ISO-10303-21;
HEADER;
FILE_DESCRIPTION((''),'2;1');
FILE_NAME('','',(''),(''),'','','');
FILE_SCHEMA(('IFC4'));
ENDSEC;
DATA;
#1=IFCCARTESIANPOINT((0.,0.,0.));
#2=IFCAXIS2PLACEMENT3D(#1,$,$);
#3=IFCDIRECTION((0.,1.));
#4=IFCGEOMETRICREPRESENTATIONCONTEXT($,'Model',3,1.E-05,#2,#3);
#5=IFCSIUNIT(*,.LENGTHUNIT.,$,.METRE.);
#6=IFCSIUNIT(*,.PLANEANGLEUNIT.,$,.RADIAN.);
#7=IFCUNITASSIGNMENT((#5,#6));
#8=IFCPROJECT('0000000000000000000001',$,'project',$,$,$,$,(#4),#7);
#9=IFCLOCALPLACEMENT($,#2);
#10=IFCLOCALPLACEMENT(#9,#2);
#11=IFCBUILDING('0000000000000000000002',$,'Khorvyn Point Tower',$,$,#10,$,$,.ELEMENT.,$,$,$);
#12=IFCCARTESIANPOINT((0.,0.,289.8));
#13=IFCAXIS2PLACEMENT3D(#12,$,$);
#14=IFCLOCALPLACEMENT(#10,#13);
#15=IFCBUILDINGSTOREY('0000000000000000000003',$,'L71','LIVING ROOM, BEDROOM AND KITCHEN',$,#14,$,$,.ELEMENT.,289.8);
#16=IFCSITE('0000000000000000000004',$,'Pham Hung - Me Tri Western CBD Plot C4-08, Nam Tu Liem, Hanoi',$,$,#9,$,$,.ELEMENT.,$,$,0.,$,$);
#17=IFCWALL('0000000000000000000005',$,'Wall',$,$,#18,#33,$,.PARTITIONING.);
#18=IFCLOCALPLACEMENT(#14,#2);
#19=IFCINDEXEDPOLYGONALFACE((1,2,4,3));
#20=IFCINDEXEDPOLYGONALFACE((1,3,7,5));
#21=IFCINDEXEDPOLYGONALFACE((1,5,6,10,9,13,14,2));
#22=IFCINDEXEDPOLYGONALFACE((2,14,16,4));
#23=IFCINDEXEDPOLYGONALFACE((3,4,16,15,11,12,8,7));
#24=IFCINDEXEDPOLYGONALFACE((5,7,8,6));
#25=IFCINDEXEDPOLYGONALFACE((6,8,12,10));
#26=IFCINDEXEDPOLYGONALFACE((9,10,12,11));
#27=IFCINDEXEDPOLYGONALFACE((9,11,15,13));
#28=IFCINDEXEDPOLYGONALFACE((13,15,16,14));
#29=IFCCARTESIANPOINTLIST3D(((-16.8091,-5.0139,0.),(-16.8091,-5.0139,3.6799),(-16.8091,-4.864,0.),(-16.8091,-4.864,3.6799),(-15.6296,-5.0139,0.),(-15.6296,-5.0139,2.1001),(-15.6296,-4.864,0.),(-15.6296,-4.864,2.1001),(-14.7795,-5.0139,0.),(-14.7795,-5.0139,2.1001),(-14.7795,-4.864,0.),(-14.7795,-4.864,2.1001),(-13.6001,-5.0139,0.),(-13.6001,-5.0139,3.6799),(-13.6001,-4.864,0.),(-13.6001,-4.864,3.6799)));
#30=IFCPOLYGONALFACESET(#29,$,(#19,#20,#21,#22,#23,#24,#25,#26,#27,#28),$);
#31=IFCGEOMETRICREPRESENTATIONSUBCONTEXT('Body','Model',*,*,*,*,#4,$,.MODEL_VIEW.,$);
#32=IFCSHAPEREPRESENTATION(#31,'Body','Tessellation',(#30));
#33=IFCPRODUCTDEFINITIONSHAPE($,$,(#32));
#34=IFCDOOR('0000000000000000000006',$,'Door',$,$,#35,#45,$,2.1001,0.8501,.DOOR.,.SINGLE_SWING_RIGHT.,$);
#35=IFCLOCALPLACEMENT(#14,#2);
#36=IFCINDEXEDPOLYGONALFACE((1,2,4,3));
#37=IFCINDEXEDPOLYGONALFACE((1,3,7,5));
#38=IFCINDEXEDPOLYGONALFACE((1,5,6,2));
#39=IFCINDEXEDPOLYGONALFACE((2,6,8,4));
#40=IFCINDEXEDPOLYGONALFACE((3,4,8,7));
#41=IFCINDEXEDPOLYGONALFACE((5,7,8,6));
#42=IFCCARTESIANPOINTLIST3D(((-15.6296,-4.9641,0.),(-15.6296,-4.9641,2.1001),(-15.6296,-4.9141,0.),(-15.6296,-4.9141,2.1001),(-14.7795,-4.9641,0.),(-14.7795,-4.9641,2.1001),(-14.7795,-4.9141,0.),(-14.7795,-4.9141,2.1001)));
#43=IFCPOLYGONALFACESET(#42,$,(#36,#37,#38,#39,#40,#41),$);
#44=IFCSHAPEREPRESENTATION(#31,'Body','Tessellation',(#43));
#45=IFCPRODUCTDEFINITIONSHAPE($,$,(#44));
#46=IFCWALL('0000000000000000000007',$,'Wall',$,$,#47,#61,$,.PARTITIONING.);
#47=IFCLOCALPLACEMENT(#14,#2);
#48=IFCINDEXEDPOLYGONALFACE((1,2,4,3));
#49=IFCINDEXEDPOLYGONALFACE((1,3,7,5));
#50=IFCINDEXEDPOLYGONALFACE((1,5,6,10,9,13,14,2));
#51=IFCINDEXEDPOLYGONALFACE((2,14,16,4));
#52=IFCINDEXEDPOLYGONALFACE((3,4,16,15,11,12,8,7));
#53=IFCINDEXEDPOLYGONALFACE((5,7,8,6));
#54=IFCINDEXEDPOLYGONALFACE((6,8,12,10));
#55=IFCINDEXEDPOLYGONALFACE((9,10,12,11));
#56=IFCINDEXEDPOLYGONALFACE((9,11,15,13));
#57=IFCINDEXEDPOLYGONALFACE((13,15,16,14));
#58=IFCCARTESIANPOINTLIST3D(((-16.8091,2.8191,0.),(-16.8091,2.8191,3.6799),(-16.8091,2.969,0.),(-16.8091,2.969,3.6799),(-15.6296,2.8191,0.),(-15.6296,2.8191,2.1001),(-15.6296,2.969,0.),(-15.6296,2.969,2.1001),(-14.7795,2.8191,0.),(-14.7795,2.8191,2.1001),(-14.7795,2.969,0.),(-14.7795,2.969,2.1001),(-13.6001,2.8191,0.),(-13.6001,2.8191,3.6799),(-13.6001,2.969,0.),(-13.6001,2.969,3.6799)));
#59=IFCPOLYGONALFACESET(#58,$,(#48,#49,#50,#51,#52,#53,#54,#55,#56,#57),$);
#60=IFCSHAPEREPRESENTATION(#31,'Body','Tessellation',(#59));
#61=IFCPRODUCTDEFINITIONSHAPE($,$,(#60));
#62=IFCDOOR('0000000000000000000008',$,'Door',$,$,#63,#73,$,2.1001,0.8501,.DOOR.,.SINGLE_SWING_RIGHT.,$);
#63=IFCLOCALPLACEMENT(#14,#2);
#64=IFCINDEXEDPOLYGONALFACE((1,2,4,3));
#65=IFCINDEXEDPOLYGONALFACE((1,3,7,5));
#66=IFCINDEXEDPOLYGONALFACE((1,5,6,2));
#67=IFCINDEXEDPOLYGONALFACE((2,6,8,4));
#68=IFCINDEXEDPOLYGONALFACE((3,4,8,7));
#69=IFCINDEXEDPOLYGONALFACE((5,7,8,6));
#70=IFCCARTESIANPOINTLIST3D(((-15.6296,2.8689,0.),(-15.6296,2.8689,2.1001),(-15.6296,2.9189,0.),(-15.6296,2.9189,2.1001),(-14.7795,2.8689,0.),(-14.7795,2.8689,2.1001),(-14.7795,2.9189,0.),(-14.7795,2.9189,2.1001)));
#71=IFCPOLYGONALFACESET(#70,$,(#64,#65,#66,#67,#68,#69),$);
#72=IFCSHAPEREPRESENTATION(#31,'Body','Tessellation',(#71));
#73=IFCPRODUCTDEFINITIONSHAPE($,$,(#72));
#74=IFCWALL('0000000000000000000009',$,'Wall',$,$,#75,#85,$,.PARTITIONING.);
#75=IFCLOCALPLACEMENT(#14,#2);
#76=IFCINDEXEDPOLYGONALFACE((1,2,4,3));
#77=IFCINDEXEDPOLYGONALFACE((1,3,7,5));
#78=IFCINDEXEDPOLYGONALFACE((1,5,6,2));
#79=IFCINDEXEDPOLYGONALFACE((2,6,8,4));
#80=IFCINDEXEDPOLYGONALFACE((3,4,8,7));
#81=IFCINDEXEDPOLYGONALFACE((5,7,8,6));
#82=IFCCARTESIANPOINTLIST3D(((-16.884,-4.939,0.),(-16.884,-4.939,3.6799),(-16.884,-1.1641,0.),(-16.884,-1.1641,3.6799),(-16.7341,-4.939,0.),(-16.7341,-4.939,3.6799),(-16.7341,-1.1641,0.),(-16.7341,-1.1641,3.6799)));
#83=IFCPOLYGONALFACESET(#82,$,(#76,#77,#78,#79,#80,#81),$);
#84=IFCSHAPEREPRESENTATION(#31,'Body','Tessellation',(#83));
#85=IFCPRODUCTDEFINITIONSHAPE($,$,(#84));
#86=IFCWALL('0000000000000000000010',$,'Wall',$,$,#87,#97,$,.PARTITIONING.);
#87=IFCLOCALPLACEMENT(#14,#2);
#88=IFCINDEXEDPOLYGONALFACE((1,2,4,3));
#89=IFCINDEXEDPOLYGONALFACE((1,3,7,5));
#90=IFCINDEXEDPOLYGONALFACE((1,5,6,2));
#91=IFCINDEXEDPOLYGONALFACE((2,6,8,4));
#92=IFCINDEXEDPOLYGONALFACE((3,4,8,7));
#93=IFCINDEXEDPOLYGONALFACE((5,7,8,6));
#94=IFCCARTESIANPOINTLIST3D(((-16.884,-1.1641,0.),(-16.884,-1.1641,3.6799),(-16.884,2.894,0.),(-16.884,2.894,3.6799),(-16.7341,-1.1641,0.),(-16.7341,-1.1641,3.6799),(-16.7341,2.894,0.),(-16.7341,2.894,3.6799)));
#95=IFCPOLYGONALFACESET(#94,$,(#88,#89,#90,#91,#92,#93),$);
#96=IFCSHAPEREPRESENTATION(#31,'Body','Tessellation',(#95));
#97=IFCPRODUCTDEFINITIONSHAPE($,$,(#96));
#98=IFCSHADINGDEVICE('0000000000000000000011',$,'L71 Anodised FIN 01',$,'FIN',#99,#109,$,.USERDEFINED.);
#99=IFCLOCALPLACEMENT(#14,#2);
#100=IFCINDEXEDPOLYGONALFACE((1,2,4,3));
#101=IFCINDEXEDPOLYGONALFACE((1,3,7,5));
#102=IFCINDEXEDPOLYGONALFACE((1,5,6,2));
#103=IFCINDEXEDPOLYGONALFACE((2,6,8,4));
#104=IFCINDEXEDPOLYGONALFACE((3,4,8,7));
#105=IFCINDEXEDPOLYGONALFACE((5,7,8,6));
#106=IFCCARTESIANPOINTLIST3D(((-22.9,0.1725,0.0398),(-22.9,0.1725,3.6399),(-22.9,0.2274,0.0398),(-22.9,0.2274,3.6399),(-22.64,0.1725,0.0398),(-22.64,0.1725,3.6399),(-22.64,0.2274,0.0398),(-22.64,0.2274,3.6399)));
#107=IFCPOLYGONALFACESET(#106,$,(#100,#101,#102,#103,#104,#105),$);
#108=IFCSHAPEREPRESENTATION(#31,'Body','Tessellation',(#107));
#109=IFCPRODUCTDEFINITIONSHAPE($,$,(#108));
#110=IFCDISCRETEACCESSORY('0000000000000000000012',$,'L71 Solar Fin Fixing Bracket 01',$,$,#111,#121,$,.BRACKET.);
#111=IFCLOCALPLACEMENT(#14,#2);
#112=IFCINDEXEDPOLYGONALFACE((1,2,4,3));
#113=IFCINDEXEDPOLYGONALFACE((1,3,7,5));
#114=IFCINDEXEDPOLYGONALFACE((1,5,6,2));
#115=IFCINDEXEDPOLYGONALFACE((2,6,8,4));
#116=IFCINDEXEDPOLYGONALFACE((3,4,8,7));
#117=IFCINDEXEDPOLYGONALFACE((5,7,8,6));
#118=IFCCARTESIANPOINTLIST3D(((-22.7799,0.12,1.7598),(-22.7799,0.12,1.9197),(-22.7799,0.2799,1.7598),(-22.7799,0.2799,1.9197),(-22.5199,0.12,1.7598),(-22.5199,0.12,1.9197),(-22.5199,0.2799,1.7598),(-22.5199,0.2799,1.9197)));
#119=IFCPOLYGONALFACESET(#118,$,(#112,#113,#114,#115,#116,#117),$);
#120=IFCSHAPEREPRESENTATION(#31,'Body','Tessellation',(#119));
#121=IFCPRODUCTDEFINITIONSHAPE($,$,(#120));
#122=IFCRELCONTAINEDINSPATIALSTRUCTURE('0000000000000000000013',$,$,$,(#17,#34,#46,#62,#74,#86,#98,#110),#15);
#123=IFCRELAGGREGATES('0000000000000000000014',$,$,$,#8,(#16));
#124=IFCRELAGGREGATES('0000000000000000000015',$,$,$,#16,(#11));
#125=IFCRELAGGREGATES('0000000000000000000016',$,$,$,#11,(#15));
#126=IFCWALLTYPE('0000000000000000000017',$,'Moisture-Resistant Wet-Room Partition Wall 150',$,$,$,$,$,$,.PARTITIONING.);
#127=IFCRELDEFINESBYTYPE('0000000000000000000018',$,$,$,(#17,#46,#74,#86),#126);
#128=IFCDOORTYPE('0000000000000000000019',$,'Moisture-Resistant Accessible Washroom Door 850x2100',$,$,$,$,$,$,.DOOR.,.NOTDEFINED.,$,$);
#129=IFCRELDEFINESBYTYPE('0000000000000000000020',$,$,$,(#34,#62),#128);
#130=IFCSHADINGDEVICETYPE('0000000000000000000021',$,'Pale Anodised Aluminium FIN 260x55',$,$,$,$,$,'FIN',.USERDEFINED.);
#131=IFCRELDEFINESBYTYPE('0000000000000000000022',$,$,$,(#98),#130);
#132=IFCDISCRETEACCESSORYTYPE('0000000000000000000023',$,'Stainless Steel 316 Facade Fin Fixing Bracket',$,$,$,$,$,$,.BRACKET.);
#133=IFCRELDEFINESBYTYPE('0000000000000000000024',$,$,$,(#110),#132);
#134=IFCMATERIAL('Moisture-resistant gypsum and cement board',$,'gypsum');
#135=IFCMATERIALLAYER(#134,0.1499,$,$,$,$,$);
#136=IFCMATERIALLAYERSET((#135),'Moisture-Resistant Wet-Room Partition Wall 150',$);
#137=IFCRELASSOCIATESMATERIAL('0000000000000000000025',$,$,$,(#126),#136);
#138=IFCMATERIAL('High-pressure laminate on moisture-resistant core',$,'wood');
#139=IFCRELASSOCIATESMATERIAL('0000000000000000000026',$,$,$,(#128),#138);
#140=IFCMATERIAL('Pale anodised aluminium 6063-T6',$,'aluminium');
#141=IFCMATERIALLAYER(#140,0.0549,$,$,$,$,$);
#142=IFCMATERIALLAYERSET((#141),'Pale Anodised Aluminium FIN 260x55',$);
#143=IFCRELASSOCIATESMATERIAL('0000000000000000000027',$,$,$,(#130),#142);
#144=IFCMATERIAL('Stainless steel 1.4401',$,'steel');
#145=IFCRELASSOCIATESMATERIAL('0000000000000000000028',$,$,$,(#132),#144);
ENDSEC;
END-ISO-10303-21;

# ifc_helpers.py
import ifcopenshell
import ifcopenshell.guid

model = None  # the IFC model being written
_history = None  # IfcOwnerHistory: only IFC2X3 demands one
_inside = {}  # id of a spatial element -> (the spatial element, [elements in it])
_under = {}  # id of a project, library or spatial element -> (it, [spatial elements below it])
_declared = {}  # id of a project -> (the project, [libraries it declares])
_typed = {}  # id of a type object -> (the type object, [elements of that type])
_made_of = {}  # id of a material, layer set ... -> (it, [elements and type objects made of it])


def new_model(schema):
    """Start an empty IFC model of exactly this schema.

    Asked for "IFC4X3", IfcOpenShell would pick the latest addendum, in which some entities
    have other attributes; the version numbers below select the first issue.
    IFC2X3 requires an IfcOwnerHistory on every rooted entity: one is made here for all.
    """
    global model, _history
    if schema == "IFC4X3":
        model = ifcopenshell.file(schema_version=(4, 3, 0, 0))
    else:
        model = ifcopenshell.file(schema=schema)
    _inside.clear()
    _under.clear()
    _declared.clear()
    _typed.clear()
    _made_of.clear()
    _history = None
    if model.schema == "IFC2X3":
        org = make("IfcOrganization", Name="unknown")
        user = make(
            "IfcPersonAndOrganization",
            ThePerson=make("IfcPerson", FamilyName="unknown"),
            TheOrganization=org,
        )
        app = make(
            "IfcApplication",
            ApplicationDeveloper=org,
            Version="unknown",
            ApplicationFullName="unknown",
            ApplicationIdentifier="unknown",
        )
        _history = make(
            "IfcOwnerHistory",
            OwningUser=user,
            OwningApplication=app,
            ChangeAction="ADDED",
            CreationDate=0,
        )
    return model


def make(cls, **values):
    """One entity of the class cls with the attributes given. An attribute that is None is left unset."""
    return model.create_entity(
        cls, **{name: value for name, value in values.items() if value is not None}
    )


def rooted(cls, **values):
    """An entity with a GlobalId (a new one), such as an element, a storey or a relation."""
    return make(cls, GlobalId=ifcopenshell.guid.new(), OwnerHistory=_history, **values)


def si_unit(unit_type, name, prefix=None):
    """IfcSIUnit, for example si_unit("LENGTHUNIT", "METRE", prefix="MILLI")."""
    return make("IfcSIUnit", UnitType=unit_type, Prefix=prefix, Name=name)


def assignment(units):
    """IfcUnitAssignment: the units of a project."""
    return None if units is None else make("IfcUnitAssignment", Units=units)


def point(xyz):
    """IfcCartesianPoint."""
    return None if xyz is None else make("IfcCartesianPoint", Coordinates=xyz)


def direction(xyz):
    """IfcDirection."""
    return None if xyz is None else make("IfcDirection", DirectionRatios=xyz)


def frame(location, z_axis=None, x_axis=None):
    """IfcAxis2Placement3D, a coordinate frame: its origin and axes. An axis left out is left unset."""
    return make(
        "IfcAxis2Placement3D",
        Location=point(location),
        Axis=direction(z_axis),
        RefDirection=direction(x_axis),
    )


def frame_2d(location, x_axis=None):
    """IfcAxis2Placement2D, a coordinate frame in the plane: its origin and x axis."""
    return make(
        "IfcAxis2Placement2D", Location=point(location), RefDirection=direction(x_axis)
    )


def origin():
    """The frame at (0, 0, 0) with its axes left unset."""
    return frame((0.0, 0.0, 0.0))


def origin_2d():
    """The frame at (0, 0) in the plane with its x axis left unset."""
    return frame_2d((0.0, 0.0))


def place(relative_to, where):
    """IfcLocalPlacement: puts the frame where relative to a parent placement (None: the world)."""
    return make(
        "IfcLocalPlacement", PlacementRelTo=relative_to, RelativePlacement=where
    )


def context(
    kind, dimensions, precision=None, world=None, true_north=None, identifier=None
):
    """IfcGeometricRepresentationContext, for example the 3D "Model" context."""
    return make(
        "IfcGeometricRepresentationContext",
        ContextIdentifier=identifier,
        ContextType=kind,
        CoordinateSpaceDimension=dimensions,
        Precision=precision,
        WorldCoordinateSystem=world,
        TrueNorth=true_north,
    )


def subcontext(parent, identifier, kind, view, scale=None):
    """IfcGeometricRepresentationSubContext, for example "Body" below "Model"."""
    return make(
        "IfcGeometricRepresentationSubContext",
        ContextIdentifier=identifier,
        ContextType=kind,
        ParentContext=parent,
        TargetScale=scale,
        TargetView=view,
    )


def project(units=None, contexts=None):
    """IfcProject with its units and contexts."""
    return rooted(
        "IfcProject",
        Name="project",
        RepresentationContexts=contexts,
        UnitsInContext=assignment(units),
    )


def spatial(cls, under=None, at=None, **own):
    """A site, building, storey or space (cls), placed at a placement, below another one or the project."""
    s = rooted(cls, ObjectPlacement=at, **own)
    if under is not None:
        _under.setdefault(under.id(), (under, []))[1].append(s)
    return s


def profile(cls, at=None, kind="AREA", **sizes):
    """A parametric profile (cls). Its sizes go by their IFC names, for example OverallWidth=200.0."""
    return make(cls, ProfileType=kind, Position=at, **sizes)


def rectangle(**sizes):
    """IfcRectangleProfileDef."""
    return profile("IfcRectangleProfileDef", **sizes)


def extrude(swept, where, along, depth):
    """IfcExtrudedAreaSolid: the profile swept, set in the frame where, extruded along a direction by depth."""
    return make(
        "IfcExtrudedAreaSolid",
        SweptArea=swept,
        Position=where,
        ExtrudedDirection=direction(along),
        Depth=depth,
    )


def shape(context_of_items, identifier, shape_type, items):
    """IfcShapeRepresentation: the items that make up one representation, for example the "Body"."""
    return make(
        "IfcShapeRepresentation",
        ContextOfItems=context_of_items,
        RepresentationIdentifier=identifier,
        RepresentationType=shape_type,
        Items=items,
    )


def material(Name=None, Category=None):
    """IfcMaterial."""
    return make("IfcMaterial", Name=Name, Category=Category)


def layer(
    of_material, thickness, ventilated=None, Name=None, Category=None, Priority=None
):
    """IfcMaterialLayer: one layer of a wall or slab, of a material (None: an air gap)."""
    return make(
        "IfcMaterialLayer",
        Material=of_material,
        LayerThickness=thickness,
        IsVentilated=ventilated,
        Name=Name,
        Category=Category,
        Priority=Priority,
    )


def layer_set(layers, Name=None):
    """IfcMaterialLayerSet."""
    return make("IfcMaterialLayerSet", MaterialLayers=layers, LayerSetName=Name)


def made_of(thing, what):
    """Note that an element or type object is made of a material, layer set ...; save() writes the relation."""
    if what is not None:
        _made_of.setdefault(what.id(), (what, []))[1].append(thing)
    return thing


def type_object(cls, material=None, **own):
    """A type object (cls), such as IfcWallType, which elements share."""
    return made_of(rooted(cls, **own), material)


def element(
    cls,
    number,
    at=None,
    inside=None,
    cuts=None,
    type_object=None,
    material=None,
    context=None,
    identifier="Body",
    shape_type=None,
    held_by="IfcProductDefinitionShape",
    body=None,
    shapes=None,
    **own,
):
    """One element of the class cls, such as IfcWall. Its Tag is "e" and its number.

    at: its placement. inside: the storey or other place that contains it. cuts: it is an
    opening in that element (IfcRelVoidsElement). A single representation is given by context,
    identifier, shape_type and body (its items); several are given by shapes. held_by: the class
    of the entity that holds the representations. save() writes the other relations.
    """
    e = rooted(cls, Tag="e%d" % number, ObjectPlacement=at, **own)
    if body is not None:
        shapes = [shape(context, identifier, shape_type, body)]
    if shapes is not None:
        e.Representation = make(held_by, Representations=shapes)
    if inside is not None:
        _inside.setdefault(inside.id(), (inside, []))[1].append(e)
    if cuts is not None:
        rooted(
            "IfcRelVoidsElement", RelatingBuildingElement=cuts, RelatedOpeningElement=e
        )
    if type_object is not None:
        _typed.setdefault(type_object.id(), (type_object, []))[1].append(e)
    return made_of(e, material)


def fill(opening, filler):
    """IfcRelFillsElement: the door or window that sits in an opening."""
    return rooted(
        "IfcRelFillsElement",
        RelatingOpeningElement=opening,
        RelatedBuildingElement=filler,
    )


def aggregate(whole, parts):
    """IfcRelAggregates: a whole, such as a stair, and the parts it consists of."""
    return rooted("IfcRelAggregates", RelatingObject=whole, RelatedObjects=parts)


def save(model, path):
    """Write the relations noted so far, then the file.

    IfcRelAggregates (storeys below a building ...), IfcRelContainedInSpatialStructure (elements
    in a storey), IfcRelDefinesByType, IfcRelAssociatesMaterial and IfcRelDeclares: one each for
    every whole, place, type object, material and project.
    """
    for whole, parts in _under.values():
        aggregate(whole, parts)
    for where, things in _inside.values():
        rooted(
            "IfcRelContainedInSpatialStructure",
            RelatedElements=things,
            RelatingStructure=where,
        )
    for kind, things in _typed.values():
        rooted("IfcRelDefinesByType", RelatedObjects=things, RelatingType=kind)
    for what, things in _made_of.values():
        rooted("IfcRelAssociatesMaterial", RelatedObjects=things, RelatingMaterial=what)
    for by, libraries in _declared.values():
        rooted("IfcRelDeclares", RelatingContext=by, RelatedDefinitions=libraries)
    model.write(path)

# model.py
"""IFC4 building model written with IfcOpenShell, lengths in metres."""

from ifc_helpers import new_model, si_unit, direction, frame, frame_2d, origin, origin_2d, place, context, subcontext, project, spatial, rectangle, extrude, material, layer, layer_set, type_object, element, fill, save


model = new_model("IFC4")

# Units and contexts
model_context = context("Model", 3, precision=1e-05, world=origin(), true_north=direction((0.0, 1.0)))
body_context = subcontext(model_context, "Body", "Model", "MODEL_VIEW")
ifc_project = project(units=[si_unit("LENGTHUNIT", "METRE"), si_unit("PLANEANGLEUNIT", "RADIAN")], contexts=[model_context])

# Site, building, storey
site_placement = place(None, origin())
site = spatial("IfcSite", under=ifc_project, at=site_placement, Name="Pham Hung - Me Tri Western CBD Plot C4-08, Nam Tu Liem, Hanoi", CompositionType="ELEMENT", RefElevation=0.0)
building_placement = place(site_placement, origin())
building = spatial("IfcBuilding", under=site, at=building_placement, Name="Khorvyn Point Tower", CompositionType="ELEMENT")
storey_placement = place(building_placement, frame((0.0, 0.0, 289.8)))
storey = spatial("IfcBuildingStorey", under=building, at=storey_placement, Name="L71", Description="LIVING ROOM, BEDROOM AND KITCHEN", CompositionType="ELEMENT", Elevation=289.8)

# Walls, openings, doors
ifc_material_1 = material(Name="Moisture-resistant gypsum and cement board", Category="gypsum")
ifc_layer_1 = layer(ifc_material_1, 0.1499)
ifc_layer_set_1 = layer_set([ifc_layer_1], Name="Moisture-Resistant Wet-Room Partition Wall 150")
wall_type_1 = type_object("IfcWallType", Name="Moisture-Resistant Wet-Room Partition Wall 150", PredefinedType="PARTITIONING", material=ifc_layer_set_1)
wall_1_placement = place(storey_placement, frame((-16.8091, -4.939, 0.0), z_axis=(0.0, 0.0, 1.0), x_axis=(1.0, 0.0, 0.0)))
wall_1 = element("IfcWall", 1, at=wall_1_placement, inside=storey, type_object=wall_type_1, Name="Wall", PredefinedType="PARTITIONING", context=body_context, shape_type="SweptSolid", body=[
    extrude(rectangle(XDim=3.209, YDim=0.1499, at=frame_2d((1.6045, 0.0))), origin(), (0.0, 0.0, 1.0), 3.6799),
])
opening_1_placement = place(wall_1_placement, frame((1.1794, 0.0, 0.0)))
opening_1 = element("IfcOpeningElement", 2, at=opening_1_placement, cuts=wall_1, PredefinedType="OPENING", context=body_context, shape_type="SweptSolid", body=[
    extrude(rectangle(XDim=0.8501, YDim=2.1001, at=frame_2d((0.425, 1.05))), frame((0.0, 0.085, 0.0), z_axis=(0.0, -1.0, 0.0), x_axis=(1.0, 0.0, 0.0)), (0.0, 0.0, 1.0), 0.1699),
])
ifc_material_2 = material(Name="High-pressure laminate on moisture-resistant core", Category="wood")
door_type_1 = type_object("IfcDoorType", Name="Moisture-Resistant Accessible Washroom Door 850x2100", OperationType="NOTDEFINED", PredefinedType="DOOR", material=ifc_material_2)
door_1_placement = place(opening_1_placement, origin())
door_1 = element("IfcDoor", 3, at=door_1_placement, inside=storey, type_object=door_type_1, Name="Door", OperationType="SINGLE_SWING_RIGHT", OverallHeight=2.1001, OverallWidth=0.8501, PredefinedType="DOOR", context=body_context, shape_type="SweptSolid", body=[
    extrude(rectangle(XDim=0.8501, YDim=2.1001, at=frame_2d((0.425, 1.05))), frame((0.0, 0.0249, 0.0), z_axis=(0.0, -1.0, 0.0), x_axis=(1.0, 0.0, 0.0)), (0.0, 0.0, 1.0), 0.05),
])
fill(opening_1, door_1)
wall_2_placement = place(storey_placement, frame((-16.8091, 2.894, 0.0), z_axis=(0.0, 0.0, 1.0), x_axis=(1.0, 0.0, 0.0)))
wall_2 = element("IfcWall", 4, at=wall_2_placement, inside=storey, type_object=wall_type_1, Name="Wall", PredefinedType="PARTITIONING", context=body_context, shape_type="SweptSolid", body=[
    extrude(rectangle(XDim=3.209, YDim=0.1499, at=frame_2d((1.6045, 0.0))), origin(), (0.0, 0.0, 1.0), 3.6799),
])
opening_2_placement = place(wall_2_placement, frame((1.1794, 0.0, 0.0)))
opening_2 = element("IfcOpeningElement", 5, at=opening_2_placement, cuts=wall_2, PredefinedType="OPENING", context=body_context, shape_type="SweptSolid", body=[
    extrude(rectangle(XDim=0.8501, YDim=2.1001, at=frame_2d((0.425, 1.05))), frame((0.0, 0.085, 0.0), z_axis=(0.0, -1.0, 0.0), x_axis=(1.0, 0.0, 0.0)), (0.0, 0.0, 1.0), 0.1699),
])
door_2_placement = place(opening_2_placement, origin())
door_2 = element("IfcDoor", 6, at=door_2_placement, inside=storey, type_object=door_type_1, Name="Door", OperationType="SINGLE_SWING_RIGHT", OverallHeight=2.1001, OverallWidth=0.8501, PredefinedType="DOOR", context=body_context, shape_type="SweptSolid", body=[
    extrude(rectangle(XDim=0.8501, YDim=2.1001, at=frame_2d((0.425, 1.05))), frame((0.0, 0.0249, 0.0), z_axis=(0.0, -1.0, 0.0), x_axis=(1.0, 0.0, 0.0)), (0.0, 0.0, 1.0), 0.05),
])
fill(opening_2, door_2)

# Walls
wall_3_placement = place(storey_placement, frame((-16.8091, -4.939, 0.0), z_axis=(0.0, 0.0, 1.0), x_axis=(0.0, 1.0, 0.0)))
element("IfcWall", 7, at=wall_3_placement, inside=storey, type_object=wall_type_1, Name="Wall", PredefinedType="PARTITIONING", context=body_context, shape_type="SweptSolid", body=[
    extrude(rectangle(XDim=3.7749, YDim=0.1499, at=frame_2d((1.8875, 0.0))), origin(), (0.0, 0.0, 1.0), 3.6799),
])
wall_4_placement = place(storey_placement, frame((-16.8091, -1.1641, 0.0), z_axis=(0.0, 0.0, 1.0), x_axis=(0.0, 1.0, 0.0)))
element("IfcWall", 8, at=wall_4_placement, inside=storey, type_object=wall_type_1, Name="Wall", PredefinedType="PARTITIONING", context=body_context, shape_type="SweptSolid", body=[
    extrude(rectangle(XDim=4.0581, YDim=0.1499, at=frame_2d((2.0291, 0.0))), origin(), (0.0, 0.0, 1.0), 3.6799),
])

# Shading device
ifc_material_3 = material(Name="Pale anodised aluminium 6063-T6", Category="aluminium")
ifc_layer_2 = layer(ifc_material_3, 0.0549)
ifc_layer_set_2 = layer_set([ifc_layer_2], Name="Pale Anodised Aluminium FIN 260x55")
shading_device_type = type_object("IfcShadingDeviceType", Name="Pale Anodised Aluminium FIN 260x55", ElementType="FIN", PredefinedType="USERDEFINED", material=ifc_layer_set_2)
shading_device_placement = place(storey_placement, frame((-22.77, 0.2, 0.0398), z_axis=(0.0, 0.0, 1.0), x_axis=(-1.0, 0.0, 0.0)))
element("IfcShadingDevice", 9, at=shading_device_placement, inside=storey, type_object=shading_device_type, Name="L71 Anodised FIN 01", ObjectType="FIN", PredefinedType="USERDEFINED", context=body_context, shape_type="SweptSolid", body=[
    extrude(rectangle(XDim=0.26, YDim=0.0549, at=origin_2d()), origin(), (0.0, 0.0, 1.0), 3.6001),
])

# Discrete accessory
ifc_material_4 = material(Name="Stainless steel 1.4401", Category="steel")
discrete_accessory_type = type_object("IfcDiscreteAccessoryType", Name="Stainless Steel 316 Facade Fin Fixing Bracket", PredefinedType="BRACKET", material=ifc_material_4)
discrete_accessory_placement = place(storey_placement, frame((-22.6499, 0.2, 1.7598), z_axis=(0.0, 0.0, 1.0), x_axis=(0.0, 1.0, 0.0)))
element("IfcDiscreteAccessory", 10, at=discrete_accessory_placement, inside=storey, type_object=discrete_accessory_type, Name="L71 Solar Fin Fixing Bracket 01", PredefinedType="BRACKET", context=body_context, shape_type="SweptSolid", body=[
    extrude(rectangle(XDim=0.1599, YDim=0.26, at=origin_2d()), origin(), (0.0, 0.0, 1.0), 0.1599),
])

save(model, "model.ifc")
